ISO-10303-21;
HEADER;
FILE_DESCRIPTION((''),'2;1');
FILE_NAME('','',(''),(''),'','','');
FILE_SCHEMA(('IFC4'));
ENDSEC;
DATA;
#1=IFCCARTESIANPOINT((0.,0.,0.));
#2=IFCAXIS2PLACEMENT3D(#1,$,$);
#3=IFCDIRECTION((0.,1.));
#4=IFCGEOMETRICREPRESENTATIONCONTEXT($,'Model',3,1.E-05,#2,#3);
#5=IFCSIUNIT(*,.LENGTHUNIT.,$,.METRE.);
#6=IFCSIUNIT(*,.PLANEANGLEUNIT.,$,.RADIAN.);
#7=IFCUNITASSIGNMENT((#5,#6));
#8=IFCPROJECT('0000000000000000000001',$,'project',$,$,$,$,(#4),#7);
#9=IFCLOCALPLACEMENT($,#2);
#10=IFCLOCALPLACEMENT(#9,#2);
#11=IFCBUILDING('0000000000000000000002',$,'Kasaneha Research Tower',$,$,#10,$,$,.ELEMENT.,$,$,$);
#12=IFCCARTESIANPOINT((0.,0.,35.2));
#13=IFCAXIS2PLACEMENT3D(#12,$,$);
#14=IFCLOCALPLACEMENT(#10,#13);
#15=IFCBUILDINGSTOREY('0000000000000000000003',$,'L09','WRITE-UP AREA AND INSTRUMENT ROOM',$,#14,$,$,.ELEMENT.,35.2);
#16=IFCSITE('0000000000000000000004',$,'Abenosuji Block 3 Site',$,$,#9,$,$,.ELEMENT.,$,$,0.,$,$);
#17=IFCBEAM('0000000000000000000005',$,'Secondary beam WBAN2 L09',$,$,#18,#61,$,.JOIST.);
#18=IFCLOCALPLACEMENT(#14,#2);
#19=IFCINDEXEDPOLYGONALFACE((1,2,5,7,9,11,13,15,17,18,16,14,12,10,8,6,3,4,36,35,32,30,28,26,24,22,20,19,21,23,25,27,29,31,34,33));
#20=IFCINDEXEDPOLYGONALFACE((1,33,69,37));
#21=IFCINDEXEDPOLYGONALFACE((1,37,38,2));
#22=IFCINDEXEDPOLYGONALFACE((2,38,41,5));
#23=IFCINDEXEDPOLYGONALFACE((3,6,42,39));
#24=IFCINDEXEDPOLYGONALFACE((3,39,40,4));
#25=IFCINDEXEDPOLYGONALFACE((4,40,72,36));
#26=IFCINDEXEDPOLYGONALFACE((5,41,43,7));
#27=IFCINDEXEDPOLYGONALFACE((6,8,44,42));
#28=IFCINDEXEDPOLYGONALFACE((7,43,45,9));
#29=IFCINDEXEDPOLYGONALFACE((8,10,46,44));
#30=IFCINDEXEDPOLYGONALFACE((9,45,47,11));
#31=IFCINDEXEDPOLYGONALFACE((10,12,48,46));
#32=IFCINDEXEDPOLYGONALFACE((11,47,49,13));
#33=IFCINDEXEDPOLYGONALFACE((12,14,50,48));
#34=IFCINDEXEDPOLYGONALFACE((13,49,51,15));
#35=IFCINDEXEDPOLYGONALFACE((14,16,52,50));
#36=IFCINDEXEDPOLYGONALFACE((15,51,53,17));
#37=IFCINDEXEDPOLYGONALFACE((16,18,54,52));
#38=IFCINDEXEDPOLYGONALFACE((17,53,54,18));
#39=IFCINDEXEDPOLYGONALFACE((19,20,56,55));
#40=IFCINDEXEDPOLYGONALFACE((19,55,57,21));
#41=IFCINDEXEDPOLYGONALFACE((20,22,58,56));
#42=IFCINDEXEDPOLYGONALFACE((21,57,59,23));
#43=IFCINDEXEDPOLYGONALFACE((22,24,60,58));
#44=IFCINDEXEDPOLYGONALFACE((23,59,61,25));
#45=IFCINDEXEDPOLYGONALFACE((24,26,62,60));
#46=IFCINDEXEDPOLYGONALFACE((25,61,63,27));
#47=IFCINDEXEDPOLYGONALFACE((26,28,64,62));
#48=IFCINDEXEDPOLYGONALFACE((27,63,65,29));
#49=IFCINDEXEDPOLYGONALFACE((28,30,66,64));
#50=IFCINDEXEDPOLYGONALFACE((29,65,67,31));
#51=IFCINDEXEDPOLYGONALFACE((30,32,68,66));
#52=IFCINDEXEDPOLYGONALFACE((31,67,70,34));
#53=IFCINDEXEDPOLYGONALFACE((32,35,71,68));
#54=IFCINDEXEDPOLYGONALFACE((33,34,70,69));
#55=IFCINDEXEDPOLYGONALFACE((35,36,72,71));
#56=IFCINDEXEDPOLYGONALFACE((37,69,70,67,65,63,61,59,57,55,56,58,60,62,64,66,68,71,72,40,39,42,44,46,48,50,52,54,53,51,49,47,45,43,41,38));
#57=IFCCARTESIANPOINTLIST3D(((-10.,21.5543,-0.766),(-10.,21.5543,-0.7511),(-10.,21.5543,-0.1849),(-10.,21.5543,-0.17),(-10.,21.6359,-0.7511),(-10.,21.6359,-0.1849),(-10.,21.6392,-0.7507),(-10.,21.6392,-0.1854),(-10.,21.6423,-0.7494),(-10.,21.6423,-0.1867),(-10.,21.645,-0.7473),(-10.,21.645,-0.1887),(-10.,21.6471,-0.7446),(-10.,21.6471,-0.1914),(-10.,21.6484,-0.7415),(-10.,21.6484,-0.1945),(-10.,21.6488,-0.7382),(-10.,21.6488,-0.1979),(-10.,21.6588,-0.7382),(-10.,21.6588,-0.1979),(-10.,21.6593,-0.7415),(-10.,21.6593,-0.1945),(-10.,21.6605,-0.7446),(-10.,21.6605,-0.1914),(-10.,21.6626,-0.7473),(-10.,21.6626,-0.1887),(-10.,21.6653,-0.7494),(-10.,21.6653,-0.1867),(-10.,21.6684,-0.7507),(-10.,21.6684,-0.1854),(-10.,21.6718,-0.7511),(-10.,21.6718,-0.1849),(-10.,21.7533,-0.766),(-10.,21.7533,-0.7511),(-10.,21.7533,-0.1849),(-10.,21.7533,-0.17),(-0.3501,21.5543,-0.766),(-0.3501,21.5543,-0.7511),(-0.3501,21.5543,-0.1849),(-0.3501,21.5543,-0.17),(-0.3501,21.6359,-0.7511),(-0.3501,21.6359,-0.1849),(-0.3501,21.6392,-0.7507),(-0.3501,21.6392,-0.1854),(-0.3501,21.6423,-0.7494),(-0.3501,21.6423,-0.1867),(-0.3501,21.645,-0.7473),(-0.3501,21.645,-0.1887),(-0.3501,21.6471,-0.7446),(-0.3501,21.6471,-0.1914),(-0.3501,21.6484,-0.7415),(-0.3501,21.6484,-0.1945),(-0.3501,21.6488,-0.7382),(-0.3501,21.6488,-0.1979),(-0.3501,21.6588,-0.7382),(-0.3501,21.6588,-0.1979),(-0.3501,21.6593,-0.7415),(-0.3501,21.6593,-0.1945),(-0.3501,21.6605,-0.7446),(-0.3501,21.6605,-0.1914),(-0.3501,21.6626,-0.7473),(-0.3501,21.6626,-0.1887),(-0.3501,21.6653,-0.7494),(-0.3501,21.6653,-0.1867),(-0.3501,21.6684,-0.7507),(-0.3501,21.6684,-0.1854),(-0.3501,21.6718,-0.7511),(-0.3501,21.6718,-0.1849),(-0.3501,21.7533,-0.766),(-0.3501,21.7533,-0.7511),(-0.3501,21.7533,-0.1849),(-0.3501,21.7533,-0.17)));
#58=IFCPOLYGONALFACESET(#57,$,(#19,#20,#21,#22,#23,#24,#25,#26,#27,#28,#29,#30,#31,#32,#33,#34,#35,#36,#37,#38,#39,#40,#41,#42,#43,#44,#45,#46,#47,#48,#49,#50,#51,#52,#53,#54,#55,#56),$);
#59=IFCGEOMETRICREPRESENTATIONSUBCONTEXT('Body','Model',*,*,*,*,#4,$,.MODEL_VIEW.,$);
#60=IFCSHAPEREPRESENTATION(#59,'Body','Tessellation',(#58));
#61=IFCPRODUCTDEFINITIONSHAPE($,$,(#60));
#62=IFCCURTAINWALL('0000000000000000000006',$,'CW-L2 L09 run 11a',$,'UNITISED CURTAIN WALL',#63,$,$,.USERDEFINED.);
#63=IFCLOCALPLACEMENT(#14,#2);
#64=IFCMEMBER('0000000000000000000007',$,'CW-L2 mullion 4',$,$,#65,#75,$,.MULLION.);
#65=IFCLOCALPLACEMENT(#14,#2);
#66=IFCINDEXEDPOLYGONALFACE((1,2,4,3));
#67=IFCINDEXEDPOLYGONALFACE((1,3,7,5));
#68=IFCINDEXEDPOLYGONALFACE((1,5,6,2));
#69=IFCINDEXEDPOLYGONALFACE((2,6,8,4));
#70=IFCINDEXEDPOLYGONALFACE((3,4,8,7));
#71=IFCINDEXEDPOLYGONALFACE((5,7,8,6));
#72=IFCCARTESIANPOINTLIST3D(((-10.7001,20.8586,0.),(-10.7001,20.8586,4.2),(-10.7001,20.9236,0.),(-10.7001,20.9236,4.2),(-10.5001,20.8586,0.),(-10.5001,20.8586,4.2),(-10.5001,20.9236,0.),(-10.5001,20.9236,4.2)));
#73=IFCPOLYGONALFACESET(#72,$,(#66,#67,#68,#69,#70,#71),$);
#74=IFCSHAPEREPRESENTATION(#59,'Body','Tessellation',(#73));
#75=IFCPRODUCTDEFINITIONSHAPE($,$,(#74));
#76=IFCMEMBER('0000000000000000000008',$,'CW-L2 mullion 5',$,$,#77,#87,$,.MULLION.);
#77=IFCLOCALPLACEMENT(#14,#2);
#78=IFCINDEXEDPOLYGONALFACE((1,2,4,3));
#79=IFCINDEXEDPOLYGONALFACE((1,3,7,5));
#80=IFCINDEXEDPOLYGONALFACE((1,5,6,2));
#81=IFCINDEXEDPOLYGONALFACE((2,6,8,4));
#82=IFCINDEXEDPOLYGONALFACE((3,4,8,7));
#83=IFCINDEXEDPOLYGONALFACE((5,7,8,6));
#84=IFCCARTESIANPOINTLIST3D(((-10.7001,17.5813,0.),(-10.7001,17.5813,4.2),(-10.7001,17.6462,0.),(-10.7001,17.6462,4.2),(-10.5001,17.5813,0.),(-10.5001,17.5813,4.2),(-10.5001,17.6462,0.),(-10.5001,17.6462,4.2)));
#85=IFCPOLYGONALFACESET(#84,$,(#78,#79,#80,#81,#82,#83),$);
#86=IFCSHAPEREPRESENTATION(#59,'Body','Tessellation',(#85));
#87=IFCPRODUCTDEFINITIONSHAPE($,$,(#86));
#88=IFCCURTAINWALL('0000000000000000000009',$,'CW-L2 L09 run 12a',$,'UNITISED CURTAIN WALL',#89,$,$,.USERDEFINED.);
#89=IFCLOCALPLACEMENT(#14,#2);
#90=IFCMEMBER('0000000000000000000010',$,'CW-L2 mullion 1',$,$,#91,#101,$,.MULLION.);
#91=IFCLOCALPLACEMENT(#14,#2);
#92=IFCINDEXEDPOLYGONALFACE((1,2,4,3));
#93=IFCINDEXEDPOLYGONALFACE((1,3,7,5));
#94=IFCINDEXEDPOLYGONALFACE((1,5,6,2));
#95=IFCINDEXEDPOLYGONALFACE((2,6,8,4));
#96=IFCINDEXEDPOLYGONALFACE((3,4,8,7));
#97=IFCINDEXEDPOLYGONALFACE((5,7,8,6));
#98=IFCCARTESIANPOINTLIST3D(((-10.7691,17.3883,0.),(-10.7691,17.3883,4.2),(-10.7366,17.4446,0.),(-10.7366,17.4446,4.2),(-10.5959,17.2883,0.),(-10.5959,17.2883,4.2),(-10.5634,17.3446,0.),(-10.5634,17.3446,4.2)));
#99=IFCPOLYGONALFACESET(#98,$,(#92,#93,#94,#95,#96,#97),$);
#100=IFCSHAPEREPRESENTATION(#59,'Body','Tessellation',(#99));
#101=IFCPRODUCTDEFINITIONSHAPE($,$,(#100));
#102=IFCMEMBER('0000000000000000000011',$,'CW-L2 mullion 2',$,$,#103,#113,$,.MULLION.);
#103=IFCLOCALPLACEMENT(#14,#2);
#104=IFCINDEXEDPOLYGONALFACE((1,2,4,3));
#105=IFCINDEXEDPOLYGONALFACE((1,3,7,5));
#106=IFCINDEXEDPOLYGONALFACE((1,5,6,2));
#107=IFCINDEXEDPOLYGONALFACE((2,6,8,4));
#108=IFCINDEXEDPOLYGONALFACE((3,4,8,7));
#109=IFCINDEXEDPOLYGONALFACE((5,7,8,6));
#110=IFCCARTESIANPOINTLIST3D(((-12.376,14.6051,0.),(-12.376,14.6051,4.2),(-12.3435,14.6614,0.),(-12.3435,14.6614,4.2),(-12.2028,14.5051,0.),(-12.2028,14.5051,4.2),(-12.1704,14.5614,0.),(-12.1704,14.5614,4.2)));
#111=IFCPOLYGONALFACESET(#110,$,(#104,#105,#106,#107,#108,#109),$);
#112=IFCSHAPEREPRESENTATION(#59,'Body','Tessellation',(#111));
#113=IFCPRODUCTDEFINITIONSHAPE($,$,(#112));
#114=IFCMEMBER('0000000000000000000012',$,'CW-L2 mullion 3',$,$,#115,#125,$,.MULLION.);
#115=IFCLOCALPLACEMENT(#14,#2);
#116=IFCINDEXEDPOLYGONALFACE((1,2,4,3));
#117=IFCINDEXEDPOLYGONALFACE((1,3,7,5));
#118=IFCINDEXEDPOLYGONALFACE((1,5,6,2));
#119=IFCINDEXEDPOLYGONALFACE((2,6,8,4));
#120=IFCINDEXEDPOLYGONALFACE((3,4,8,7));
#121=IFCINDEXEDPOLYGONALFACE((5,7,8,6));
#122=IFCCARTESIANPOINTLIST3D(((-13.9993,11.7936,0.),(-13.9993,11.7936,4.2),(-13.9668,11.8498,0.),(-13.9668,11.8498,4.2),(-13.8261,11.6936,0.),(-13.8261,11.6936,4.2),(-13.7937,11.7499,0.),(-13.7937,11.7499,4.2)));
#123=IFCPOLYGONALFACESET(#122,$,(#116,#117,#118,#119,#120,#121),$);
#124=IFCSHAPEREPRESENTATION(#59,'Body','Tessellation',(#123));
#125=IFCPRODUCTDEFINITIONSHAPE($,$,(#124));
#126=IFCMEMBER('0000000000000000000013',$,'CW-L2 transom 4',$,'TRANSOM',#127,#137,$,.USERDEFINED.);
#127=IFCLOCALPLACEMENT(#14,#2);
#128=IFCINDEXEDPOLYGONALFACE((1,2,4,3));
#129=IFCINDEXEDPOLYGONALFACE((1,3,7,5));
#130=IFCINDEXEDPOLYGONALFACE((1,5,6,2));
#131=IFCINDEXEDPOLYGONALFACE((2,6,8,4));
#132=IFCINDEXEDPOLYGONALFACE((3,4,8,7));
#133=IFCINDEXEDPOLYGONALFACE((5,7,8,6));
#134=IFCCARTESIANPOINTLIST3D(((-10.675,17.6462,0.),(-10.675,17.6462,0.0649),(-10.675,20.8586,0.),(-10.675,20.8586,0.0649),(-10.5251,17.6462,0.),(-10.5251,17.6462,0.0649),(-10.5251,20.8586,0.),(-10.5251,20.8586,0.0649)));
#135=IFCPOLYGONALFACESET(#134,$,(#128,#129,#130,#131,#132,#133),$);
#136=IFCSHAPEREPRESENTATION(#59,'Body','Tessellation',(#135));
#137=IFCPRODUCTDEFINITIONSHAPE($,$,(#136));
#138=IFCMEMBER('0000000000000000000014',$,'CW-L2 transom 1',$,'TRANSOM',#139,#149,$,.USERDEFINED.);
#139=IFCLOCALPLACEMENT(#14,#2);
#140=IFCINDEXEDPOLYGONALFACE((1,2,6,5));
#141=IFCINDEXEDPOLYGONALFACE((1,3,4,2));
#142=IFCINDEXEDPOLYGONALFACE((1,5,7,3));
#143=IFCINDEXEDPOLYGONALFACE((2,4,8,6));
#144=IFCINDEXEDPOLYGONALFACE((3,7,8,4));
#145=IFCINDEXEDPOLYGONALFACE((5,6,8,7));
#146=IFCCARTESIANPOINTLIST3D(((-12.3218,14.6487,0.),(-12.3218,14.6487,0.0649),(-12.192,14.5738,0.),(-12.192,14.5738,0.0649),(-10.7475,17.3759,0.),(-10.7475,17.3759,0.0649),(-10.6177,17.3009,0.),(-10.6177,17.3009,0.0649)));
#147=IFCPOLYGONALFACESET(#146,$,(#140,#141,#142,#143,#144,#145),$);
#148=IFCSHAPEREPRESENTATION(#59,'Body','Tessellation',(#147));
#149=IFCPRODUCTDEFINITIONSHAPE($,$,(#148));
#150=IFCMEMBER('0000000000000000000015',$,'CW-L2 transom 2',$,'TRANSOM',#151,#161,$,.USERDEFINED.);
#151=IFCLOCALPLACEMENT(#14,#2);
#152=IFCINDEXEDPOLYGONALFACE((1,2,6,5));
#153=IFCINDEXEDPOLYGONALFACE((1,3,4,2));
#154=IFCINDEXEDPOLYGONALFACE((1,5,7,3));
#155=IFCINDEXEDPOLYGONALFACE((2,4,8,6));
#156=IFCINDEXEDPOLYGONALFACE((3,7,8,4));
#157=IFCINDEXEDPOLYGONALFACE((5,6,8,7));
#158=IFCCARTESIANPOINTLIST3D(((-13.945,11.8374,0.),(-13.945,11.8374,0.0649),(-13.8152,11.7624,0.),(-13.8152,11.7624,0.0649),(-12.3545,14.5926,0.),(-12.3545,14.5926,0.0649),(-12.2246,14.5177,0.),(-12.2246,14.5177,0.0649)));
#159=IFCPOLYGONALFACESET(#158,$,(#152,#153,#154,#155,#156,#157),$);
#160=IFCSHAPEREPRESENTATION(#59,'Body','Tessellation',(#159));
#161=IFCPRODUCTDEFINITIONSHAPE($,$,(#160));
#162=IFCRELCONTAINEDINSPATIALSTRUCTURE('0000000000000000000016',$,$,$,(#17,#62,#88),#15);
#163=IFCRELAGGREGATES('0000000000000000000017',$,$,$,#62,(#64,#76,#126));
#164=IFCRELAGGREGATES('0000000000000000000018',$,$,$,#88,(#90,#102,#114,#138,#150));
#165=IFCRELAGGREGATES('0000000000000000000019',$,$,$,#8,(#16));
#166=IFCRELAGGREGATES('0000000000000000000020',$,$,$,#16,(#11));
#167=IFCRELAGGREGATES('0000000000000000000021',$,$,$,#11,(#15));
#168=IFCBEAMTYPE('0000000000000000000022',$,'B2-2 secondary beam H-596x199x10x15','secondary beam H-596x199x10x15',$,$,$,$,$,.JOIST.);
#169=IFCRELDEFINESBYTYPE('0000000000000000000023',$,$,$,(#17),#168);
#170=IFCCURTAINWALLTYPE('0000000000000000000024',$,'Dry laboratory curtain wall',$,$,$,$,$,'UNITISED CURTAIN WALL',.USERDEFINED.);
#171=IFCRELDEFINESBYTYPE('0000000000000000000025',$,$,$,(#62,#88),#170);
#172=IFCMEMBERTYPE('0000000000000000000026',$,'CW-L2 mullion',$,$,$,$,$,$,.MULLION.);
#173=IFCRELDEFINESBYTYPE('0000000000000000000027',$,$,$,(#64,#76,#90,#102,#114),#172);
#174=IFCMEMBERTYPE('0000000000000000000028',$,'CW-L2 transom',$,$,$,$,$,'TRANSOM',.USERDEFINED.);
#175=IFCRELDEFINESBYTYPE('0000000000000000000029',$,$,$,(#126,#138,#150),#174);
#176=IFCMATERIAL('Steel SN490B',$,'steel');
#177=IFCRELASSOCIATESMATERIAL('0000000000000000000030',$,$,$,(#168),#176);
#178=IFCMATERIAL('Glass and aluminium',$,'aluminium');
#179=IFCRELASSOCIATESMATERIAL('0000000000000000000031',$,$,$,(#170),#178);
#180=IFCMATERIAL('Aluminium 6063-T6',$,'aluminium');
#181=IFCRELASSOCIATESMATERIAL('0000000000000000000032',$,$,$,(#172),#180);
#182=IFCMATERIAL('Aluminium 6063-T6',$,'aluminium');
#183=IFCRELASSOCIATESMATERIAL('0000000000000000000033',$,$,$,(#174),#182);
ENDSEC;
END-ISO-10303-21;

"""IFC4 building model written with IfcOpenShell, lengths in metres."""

from ifc_helpers import new_model, si_unit, direction, frame, origin, origin_2d, place, context, subcontext, project, spatial, rectangle, i_section, extrude, material, material_profile, profile_set, type_object, element, aggregate, save


model = new_model("IFC4")

# Units and contexts
model_context = context("Model", 3, precision=1e-05, world=origin(), true_north=direction((0.0, 1.0)))
body_context = subcontext(model_context, "Body", "Model", "MODEL_VIEW")
ifc_project = project(units=[si_unit("LENGTHUNIT", "METRE"), si_unit("PLANEANGLEUNIT", "RADIAN")], contexts=[model_context])

# Site, building, storey
site_placement = place(None, origin())
site = spatial("IfcSite", under=ifc_project, at=site_placement, Name="Abenosuji Block 3 Site", CompositionType="ELEMENT", RefElevation=0.0)
building_placement = place(site_placement, origin())
building = spatial("IfcBuilding", under=site, at=building_placement, Name="Kasaneha Research Tower", CompositionType="ELEMENT")
storey_placement = place(building_placement, frame((0.0, 0.0, 35.2)))
storey = spatial("IfcBuildingStorey", under=building, at=storey_placement, Name="L09", Description="WRITE-UP AREA AND INSTRUMENT ROOM", CompositionType="ELEMENT", Elevation=35.2)

# Beam
ifc_material_1 = material(Name="Steel SN490B", Category="steel")
ifc_material_profile_1 = material_profile(ifc_material_1, i_section(OverallWidth=0.199, OverallDepth=0.5959, WebThickness=0.01, FlangeThickness=0.0149, FilletRadius=0.0129, at=origin_2d()), Name="H-596x199x10x15")
ifc_profile_set_1 = profile_set([ifc_material_profile_1], Name="Steel SN490B")
beam_type_1 = type_object("IfcBeamType", Name="B2-2 secondary beam H-596x199x10x15", Description="secondary beam H-596x199x10x15", PredefinedType="JOIST", material=ifc_profile_set_1)
for number, where, z_axis, x_axis, name in (
    (1, (-10.0, 21.6538, -0.468), (1.0, 0.0, 0.0), (0.0, 1.0, 0.0), "Secondary beam WBAN2 L09"),
):
    element("IfcBeam", number, at=place(storey_placement, frame(where, z_axis=z_axis, x_axis=x_axis)), inside=storey, type_object=beam_type_1, Name=name, PredefinedType="JOIST", context=body_context, shape_type="SweptSolid", body=[
        extrude(i_section(OverallWidth=0.199, OverallDepth=0.5959, WebThickness=0.01, FlangeThickness=0.0149, FilletRadius=0.0129, at=origin_2d()), origin(), (0.0, 0.0, 1.0), 9.6499),
    ])

# Curtain walls, members
ifc_material_2 = material(Name="Glass and aluminium", Category="aluminium")
curtain_wall_type = type_object("IfcCurtainWallType", Name="Dry laboratory curtain wall", ElementType="UNITISED CURTAIN WALL", PredefinedType="USERDEFINED", material=ifc_material_2)
curtain_wall_1_placement = place(storey_placement, origin())
curtain_wall_1 = element("IfcCurtainWall", 2, at=curtain_wall_1_placement, inside=storey, type_object=curtain_wall_type, Name="CW-L2 L09 run 11a", ObjectType="UNITISED CURTAIN WALL", PredefinedType="USERDEFINED")
ifc_material_3 = material(Name="Aluminium 6063-T6", Category="aluminium")
ifc_material_profile_2 = material_profile(ifc_material_3, rectangle(XDim=0.0649, YDim=0.2, at=origin_2d()), Name="CW-L2 mullion 65x200")
ifc_profile_set_2 = profile_set([ifc_material_profile_2], Name="Aluminium 6063-T6")
member_type_1 = type_object("IfcMemberType", Name="CW-L2 mullion", PredefinedType="MULLION", material=ifc_profile_set_2)
member_1_placement = place(storey_placement, frame((-10.6001, 20.8911, 0.0), z_axis=(0.0, 0.0, 1.0), x_axis=(0.0, -1.0, 0.0)))
member_1 = element("IfcMember", 3, at=member_1_placement, type_object=member_type_1, Name="CW-L2 mullion 4", PredefinedType="MULLION", context=body_context, shape_type="SweptSolid", body=[
    extrude(rectangle(XDim=0.0649, YDim=0.2, at=origin_2d()), origin(), (0.0, 0.0, 1.0), 4.2),
])
member_2_placement = place(storey_placement, frame((-10.6001, 17.6138, 0.0), z_axis=(0.0, 0.0, 1.0), x_axis=(0.0, -1.0, 0.0)))
member_2 = element("IfcMember", 4, at=member_2_placement, type_object=member_type_1, Name="CW-L2 mullion 5", PredefinedType="MULLION", context=body_context, shape_type="SweptSolid", body=[
    extrude(rectangle(XDim=0.0649, YDim=0.2, at=origin_2d()), origin(), (0.0, 0.0, 1.0), 4.2),
])
curtain_wall_2_placement = place(storey_placement, origin())
curtain_wall_2 = element("IfcCurtainWall", 5, at=curtain_wall_2_placement, inside=storey, type_object=curtain_wall_type, Name="CW-L2 L09 run 12a", ObjectType="UNITISED CURTAIN WALL", PredefinedType="USERDEFINED")
member_3_placement = place(storey_placement, frame((-10.6663, 17.3665, 0.0), z_axis=(0.0, 0.0, 1.0), x_axis=(-0.5, -0.866025, 0.0)))
member_3 = element("IfcMember", 6, at=member_3_placement, type_object=member_type_1, Name="CW-L2 mullion 1", PredefinedType="MULLION", context=body_context, shape_type="SweptSolid", body=[
    extrude(rectangle(XDim=0.0649, YDim=0.2, at=origin_2d()), origin(), (0.0, 0.0, 1.0), 4.2),
])
member_4_placement = place(storey_placement, frame((-12.2732, 14.5833, 0.0), z_axis=(0.0, 0.0, 1.0), x_axis=(-0.5, -0.866025, 0.0)))
member_4 = element("IfcMember", 7, at=member_4_placement, type_object=member_type_1, Name="CW-L2 mullion 2", PredefinedType="MULLION", context=body_context, shape_type="SweptSolid", body=[
    extrude(rectangle(XDim=0.0649, YDim=0.2, at=origin_2d()), origin(), (0.0, 0.0, 1.0), 4.2),
])
member_5_placement = place(storey_placement, frame((-13.8965, 11.7717, 0.0), z_axis=(0.0, 0.0, 1.0), x_axis=(-0.5, -0.866025, 0.0)))
member_5 = element("IfcMember", 8, at=member_5_placement, type_object=member_type_1, Name="CW-L2 mullion 3", PredefinedType="MULLION", context=body_context, shape_type="SweptSolid", body=[
    extrude(rectangle(XDim=0.0649, YDim=0.2, at=origin_2d()), origin(), (0.0, 0.0, 1.0), 4.2),
])

# Members
ifc_material_4 = material(Name="Aluminium 6063-T6", Category="aluminium")
ifc_material_profile_3 = material_profile(ifc_material_4, rectangle(XDim=0.1499, YDim=0.0649, at=origin_2d()), Name="CW-L2 transom 150x65")
ifc_profile_set_3 = profile_set([ifc_material_profile_3], Name="Aluminium 6063-T6")
member_type_2 = type_object("IfcMemberType", Name="CW-L2 transom", ElementType="TRANSOM", PredefinedType="USERDEFINED", material=ifc_profile_set_3)
member_6_placement = place(storey_placement, frame((-10.6001, 20.8586, 0.0325), z_axis=(0.0, -1.0, 0.0), x_axis=(1.0, 0.0, 0.0)))
member_6 = element("IfcMember", 9, at=member_6_placement, type_object=member_type_2, Name="CW-L2 transom 4", ObjectType="TRANSOM", PredefinedType="USERDEFINED", context=body_context, shape_type="SweptSolid", body=[
    extrude(rectangle(XDim=0.1499, YDim=0.0649, at=origin_2d()), origin(), (0.0, 0.0, 1.0), 3.2124),
])
member_7_placement = place(storey_placement, frame((-10.6826, 17.3384, 0.0325), z_axis=(-0.499942, -0.866059, 0.0), x_axis=(0.866059, -0.499942, 0.0)))
member_7 = element("IfcMember", 10, at=member_7_placement, type_object=member_type_2, Name="CW-L2 transom 1", ObjectType="TRANSOM", PredefinedType="USERDEFINED", context=body_context, shape_type="SweptSolid", body=[
    extrude(rectangle(XDim=0.1499, YDim=0.0649, at=origin_2d()), origin(), (0.0, 0.0, 1.0), 3.1489),
])
member_8_placement = place(storey_placement, frame((-12.2896, 14.5552, 0.0325), z_axis=(-0.499944, -0.866058, 0.0), x_axis=(0.866058, -0.499944, 0.0)))
member_8 = element("IfcMember", 11, at=member_8_placement, type_object=member_type_2, Name="CW-L2 transom 2", ObjectType="TRANSOM", PredefinedType="USERDEFINED", context=body_context, shape_type="SweptSolid", body=[
    extrude(rectangle(XDim=0.1499, YDim=0.0649, at=origin_2d()), origin(), (0.0, 0.0, 1.0), 3.1814),
])

aggregate(curtain_wall_1, [member_1, member_2, member_6])
aggregate(curtain_wall_2, [member_3, member_4, member_5, member_7, member_8])

save(model, "model.ifc")
